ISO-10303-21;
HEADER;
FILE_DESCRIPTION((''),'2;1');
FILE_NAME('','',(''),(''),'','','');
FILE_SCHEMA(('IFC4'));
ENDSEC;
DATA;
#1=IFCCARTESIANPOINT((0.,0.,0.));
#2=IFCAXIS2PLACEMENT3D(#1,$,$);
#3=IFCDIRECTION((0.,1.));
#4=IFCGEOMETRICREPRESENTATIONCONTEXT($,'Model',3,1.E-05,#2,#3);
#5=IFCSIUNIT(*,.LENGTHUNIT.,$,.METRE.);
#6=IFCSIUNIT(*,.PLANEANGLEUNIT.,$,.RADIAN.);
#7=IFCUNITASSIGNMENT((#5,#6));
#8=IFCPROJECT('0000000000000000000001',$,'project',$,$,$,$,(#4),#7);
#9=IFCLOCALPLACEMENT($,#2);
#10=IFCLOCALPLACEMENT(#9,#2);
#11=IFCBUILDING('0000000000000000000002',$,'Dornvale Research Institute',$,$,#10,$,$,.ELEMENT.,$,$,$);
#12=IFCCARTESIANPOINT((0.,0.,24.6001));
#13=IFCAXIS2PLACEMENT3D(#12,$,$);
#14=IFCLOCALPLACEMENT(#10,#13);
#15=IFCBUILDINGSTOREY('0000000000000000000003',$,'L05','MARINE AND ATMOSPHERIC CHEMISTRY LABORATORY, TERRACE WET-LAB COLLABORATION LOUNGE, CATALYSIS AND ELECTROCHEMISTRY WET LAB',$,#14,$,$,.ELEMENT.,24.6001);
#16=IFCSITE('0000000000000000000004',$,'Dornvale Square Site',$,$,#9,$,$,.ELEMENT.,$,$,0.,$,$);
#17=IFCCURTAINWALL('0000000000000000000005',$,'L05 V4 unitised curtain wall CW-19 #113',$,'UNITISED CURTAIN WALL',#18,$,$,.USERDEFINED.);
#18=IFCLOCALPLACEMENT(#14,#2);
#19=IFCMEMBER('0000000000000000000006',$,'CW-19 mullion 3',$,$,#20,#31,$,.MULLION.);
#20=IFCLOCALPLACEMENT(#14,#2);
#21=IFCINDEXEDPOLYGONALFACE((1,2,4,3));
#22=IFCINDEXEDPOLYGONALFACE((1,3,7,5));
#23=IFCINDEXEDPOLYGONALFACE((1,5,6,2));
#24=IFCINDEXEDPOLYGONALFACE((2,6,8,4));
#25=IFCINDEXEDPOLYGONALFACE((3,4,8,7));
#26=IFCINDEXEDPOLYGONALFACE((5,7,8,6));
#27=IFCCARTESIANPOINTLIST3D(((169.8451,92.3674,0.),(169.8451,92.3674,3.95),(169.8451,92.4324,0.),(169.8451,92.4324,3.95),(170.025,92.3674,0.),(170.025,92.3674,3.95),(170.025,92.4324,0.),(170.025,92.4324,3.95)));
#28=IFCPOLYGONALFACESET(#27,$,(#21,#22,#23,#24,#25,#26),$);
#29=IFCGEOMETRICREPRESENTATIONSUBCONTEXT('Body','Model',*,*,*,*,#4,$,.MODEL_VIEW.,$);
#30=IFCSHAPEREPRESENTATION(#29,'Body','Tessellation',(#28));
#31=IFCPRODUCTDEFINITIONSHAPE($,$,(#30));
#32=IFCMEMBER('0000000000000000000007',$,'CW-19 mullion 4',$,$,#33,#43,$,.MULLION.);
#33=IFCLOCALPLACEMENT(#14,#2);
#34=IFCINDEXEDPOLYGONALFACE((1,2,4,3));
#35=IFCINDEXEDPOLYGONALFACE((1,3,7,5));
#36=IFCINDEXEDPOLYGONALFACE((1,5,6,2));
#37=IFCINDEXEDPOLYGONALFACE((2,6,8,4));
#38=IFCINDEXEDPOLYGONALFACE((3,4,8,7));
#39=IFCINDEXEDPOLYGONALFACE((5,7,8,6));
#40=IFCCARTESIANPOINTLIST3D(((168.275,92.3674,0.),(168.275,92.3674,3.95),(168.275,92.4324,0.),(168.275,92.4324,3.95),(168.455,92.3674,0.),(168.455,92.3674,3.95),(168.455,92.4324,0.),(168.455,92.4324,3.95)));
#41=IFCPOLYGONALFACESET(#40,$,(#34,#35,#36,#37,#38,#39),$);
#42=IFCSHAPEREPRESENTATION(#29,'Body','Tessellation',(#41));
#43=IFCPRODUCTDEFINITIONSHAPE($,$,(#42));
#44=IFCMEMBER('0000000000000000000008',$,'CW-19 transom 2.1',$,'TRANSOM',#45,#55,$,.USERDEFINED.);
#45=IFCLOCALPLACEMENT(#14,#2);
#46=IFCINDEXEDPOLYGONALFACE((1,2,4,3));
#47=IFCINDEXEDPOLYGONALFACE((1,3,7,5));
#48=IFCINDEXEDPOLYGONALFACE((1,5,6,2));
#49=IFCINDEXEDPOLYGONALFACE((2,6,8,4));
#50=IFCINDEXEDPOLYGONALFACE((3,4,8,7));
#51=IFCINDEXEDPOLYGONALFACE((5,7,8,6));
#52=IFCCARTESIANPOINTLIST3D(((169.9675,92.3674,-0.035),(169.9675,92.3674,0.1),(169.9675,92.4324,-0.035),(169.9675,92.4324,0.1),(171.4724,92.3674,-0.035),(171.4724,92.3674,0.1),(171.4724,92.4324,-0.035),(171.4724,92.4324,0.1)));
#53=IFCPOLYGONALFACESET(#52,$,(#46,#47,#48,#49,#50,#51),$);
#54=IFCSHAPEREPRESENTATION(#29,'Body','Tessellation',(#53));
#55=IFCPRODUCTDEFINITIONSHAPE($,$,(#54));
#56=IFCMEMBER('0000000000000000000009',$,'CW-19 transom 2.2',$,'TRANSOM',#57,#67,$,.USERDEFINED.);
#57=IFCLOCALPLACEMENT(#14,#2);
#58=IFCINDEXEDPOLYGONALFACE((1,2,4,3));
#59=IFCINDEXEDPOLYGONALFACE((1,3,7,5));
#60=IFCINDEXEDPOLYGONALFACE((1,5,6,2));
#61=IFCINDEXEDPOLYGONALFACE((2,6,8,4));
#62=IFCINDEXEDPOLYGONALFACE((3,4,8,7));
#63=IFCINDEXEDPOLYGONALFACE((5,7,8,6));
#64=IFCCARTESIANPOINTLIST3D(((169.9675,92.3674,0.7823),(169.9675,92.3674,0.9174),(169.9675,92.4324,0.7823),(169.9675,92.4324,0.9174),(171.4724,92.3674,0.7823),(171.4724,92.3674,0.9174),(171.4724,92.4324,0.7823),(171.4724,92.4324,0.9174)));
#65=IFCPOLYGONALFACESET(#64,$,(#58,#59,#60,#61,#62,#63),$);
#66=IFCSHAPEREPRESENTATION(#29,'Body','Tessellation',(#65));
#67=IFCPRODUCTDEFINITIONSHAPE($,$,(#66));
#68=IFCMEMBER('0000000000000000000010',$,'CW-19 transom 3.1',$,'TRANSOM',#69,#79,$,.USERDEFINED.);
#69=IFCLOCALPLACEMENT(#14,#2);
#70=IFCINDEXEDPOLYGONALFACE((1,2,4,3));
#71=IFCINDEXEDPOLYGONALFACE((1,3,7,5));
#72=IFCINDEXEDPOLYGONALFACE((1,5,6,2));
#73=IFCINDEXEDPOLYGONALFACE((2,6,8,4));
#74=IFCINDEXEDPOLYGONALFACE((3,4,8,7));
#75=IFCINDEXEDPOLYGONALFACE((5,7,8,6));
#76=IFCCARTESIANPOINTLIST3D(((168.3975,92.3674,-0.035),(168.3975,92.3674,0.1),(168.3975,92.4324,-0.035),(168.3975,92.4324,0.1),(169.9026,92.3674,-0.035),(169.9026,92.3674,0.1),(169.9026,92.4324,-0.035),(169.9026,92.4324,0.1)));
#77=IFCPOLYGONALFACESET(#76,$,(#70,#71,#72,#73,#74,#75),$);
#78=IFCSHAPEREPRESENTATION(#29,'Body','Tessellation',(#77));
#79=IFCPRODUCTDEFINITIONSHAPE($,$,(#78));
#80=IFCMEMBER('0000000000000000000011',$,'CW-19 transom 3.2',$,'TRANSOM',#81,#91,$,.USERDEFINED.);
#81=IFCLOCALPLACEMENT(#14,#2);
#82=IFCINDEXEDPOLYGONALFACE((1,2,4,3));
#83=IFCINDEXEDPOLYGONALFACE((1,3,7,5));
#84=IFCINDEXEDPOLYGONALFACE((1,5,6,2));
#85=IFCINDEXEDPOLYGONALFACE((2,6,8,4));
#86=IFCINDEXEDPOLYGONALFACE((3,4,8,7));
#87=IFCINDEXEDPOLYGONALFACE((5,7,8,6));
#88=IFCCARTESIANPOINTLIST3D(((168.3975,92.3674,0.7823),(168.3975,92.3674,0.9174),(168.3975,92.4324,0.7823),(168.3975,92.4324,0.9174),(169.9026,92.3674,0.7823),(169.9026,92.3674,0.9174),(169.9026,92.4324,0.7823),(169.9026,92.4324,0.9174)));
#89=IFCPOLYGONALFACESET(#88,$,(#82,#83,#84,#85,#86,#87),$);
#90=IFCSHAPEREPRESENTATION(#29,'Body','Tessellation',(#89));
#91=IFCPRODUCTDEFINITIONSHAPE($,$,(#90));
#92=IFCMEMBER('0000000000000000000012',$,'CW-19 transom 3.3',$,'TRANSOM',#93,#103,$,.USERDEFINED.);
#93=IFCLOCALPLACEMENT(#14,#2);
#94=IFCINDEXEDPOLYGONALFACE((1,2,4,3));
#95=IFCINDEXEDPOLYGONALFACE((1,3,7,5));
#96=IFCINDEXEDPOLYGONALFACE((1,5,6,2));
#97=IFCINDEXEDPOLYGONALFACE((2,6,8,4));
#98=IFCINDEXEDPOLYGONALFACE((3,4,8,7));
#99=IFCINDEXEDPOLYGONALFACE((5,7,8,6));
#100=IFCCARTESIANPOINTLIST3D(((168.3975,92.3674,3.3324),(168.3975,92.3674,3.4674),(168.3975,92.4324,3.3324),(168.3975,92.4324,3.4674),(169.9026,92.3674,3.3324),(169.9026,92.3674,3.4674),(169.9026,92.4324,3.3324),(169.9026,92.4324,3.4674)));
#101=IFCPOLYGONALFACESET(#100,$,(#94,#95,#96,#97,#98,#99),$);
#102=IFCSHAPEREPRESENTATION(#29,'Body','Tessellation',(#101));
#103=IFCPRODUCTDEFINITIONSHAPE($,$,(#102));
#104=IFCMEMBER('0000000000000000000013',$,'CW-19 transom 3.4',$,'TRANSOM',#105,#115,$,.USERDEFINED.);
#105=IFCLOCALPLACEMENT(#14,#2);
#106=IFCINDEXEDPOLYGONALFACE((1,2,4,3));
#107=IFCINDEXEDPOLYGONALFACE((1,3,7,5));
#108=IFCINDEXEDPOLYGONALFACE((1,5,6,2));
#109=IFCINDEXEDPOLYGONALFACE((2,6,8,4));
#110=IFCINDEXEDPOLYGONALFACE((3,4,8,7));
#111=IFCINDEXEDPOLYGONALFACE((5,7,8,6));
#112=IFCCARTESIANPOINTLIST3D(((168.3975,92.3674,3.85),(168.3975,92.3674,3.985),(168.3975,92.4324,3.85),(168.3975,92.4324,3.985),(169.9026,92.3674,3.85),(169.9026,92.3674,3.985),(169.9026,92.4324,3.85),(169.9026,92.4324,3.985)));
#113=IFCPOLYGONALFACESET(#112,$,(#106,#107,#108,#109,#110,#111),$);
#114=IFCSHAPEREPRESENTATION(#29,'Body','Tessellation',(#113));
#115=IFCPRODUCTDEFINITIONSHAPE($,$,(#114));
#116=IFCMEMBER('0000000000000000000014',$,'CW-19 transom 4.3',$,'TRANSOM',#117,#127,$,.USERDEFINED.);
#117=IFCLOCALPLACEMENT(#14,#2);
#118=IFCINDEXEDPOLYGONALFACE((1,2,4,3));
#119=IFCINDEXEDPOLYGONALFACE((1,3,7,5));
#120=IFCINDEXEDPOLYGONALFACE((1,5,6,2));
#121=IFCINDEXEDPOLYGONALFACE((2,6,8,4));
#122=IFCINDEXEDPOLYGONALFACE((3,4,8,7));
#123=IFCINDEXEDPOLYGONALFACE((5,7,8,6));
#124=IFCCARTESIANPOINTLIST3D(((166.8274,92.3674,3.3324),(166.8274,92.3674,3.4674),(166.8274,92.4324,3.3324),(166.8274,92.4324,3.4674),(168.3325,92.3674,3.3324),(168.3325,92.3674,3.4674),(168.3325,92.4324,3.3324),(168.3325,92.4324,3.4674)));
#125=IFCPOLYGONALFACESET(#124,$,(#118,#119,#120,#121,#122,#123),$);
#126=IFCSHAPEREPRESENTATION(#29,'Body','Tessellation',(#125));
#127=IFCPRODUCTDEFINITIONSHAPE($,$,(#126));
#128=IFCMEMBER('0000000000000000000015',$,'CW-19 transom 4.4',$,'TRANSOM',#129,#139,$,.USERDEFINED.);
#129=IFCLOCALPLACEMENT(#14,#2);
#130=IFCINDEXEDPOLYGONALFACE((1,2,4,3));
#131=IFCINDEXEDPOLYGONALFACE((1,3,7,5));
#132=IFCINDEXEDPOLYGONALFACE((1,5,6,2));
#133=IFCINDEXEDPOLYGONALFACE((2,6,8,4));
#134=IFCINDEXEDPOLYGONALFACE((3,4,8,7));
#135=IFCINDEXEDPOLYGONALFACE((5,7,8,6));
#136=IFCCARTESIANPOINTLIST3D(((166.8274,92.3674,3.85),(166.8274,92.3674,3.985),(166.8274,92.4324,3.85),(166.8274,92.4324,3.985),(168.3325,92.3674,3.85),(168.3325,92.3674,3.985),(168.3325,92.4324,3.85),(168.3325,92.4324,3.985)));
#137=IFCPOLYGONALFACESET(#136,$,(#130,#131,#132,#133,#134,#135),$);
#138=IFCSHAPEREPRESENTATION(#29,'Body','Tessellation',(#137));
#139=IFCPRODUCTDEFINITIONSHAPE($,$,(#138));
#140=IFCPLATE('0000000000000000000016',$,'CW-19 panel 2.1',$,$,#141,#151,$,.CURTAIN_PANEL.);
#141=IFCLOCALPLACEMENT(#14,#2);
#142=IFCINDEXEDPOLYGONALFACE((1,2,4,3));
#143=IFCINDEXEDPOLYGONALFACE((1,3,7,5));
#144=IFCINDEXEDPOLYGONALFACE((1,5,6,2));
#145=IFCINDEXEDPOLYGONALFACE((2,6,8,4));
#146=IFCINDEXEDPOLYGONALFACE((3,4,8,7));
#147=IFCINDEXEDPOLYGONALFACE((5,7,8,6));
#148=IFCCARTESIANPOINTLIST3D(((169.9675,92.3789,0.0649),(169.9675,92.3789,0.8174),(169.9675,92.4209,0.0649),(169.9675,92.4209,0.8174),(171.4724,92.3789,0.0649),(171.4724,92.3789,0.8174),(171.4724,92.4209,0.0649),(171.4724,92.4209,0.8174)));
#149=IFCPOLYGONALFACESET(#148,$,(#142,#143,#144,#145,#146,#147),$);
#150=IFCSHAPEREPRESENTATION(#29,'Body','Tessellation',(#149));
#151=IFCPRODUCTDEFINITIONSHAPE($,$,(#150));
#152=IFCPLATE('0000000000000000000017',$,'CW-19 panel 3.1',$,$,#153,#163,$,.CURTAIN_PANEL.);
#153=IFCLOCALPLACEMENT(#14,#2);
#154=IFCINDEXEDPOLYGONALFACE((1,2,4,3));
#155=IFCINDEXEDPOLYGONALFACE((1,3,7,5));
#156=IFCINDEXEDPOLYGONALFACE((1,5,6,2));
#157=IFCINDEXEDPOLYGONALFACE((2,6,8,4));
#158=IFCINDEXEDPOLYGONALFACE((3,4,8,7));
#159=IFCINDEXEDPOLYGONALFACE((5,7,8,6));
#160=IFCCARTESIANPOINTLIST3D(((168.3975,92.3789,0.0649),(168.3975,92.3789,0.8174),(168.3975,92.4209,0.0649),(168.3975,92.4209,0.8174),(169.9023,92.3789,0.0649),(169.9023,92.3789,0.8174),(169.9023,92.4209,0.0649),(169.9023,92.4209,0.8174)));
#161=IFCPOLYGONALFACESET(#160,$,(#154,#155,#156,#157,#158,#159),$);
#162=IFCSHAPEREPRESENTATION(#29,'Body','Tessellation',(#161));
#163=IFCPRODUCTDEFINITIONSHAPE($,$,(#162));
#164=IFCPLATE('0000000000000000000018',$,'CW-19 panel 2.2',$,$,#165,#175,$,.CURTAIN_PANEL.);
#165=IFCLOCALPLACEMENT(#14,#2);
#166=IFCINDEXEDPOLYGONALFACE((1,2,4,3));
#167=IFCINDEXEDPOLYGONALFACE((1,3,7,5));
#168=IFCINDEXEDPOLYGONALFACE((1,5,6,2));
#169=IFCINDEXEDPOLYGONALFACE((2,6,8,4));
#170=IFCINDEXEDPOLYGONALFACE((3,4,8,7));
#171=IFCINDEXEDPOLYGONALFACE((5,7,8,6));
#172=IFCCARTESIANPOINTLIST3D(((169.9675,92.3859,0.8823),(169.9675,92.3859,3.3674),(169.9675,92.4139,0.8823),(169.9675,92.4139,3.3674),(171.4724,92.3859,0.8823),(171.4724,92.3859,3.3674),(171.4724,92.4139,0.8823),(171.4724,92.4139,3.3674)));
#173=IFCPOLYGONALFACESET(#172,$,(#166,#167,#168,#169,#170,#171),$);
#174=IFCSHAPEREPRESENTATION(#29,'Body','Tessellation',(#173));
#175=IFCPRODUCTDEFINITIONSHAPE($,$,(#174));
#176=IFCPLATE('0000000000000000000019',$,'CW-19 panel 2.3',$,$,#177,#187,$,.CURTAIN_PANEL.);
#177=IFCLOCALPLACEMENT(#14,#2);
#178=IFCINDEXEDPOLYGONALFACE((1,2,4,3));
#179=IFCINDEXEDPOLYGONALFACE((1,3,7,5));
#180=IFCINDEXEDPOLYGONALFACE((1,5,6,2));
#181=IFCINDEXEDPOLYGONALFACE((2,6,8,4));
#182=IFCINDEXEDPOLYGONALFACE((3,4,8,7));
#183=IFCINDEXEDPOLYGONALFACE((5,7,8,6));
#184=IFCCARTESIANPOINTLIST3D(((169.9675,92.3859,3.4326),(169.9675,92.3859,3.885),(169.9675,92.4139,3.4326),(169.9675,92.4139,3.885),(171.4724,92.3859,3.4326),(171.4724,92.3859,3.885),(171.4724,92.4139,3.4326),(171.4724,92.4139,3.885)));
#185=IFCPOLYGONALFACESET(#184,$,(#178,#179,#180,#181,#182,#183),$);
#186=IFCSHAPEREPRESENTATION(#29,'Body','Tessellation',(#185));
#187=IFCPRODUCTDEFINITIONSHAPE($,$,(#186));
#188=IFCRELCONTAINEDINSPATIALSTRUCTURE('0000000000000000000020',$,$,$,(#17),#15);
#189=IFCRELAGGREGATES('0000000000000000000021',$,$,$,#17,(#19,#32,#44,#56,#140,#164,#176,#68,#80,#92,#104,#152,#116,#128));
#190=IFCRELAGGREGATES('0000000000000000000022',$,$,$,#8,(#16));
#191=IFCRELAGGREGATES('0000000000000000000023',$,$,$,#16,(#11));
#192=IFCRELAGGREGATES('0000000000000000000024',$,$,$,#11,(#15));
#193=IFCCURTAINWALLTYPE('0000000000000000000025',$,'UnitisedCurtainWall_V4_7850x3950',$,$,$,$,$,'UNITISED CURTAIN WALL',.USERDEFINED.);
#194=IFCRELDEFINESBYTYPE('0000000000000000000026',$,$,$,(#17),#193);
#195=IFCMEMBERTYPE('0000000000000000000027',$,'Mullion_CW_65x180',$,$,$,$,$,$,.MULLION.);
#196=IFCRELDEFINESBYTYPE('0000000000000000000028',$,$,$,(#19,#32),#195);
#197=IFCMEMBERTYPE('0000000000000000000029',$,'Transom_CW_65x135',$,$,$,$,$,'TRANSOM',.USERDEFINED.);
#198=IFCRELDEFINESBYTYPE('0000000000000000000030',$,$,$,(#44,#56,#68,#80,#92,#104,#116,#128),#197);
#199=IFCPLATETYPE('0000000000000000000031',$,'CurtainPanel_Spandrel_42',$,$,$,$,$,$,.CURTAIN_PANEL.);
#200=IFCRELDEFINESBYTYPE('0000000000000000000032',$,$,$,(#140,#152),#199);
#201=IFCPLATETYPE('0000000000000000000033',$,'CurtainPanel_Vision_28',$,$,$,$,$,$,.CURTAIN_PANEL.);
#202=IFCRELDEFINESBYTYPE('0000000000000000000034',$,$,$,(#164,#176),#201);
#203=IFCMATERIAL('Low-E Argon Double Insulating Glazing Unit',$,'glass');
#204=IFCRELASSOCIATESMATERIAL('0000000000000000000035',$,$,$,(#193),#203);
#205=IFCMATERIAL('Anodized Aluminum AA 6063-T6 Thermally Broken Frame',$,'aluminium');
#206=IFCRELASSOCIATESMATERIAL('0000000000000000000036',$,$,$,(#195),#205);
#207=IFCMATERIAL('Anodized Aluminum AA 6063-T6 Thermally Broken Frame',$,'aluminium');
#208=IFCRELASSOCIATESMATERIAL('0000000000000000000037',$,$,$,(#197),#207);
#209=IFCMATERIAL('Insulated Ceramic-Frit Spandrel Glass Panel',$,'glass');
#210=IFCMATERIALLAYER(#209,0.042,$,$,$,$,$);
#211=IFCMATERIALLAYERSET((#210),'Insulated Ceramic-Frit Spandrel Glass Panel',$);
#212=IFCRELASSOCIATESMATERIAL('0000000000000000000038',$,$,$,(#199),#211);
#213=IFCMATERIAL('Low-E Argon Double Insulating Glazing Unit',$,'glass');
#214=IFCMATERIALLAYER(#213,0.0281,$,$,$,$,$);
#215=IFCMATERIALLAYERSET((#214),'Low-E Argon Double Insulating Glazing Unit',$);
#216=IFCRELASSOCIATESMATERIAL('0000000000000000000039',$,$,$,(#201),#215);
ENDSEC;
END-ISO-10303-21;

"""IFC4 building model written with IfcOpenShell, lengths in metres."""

from ifc_helpers import new_model, si_unit, direction, frame, origin, origin_2d, place, context, subcontext, project, spatial, rectangle, extrude, material, layer, layer_set, material_profile, profile_set, type_object, element, aggregate, save


model = new_model("IFC4")

# Units and contexts
model_context = context("Model", 3, precision=1e-05, world=origin(), true_north=direction((0.0, 1.0)))
body_context = subcontext(model_context, "Body", "Model", "MODEL_VIEW")
ifc_project = project(units=[si_unit("LENGTHUNIT", "METRE"), si_unit("PLANEANGLEUNIT", "RADIAN")], contexts=[model_context])

# Site, building, storey
site_placement = place(None, origin())
site = spatial("IfcSite", under=ifc_project, at=site_placement, Name="Dornvale Square Site", CompositionType="ELEMENT", RefElevation=0.0)
building_placement = place(site_placement, origin())
building = spatial("IfcBuilding", under=site, at=building_placement, Name="Dornvale Research Institute", CompositionType="ELEMENT")
storey_placement = place(building_placement, frame((0.0, 0.0, 24.6001)))
storey = spatial("IfcBuildingStorey", under=building, at=storey_placement, Name="L05", Description="MARINE AND ATMOSPHERIC CHEMISTRY LABORATORY, TERRACE WET-LAB COLLABORATION LOUNGE, CATALYSIS AND ELECTROCHEMISTRY WET LAB", CompositionType="ELEMENT", Elevation=24.6001)

# Curtain wall, members, plates
ifc_material_1 = material(Name="Low-E Argon Double Insulating Glazing Unit", Category="glass")
curtain_wall_type = type_object("IfcCurtainWallType", Name="UnitisedCurtainWall_V4_7850x3950", ElementType="UNITISED CURTAIN WALL", PredefinedType="USERDEFINED", material=ifc_material_1)
curtain_wall_placement = place(storey_placement, origin())
curtain_wall = element("IfcCurtainWall", 1, at=curtain_wall_placement, inside=storey, type_object=curtain_wall_type, Name="L05 V4 unitised curtain wall CW-19 #113", ObjectType="UNITISED CURTAIN WALL", PredefinedType="USERDEFINED")
ifc_material_2 = material(Name="Anodized Aluminum AA 6063-T6 Thermally Broken Frame", Category="aluminium")
ifc_material_profile_1 = material_profile(ifc_material_2, rectangle(XDim=0.0649, YDim=0.1799, at=origin_2d()), Name="ALU MULLION 65x180")
ifc_profile_set_1 = profile_set([ifc_material_profile_1], Name="Anodized Aluminum AA 6063-T6 Thermally Broken Frame")
member_type_1 = type_object("IfcMemberType", Name="Mullion_CW_65x180", PredefinedType="MULLION", material=ifc_profile_set_1)
member_1_placement = place(storey_placement, frame((169.9351, 92.3999, 0.0), z_axis=(0.0, 0.0, 1.0), x_axis=(0.0, -1.0, 0.0)))
member_1 = element("IfcMember", 2, at=member_1_placement, type_object=member_type_1, Name="CW-19 mullion 3", PredefinedType="MULLION", context=body_context, shape_type="SweptSolid", body=[
    extrude(rectangle(XDim=0.0649, YDim=0.1799, at=origin_2d()), origin(), (0.0, 0.0, 1.0), 3.95),
])
member_2_placement = place(storey_placement, frame((168.365, 92.3999, 0.0), z_axis=(0.0, 0.0, 1.0), x_axis=(0.0, -1.0, 0.0)))
member_2 = element("IfcMember", 3, at=member_2_placement, type_object=member_type_1, Name="CW-19 mullion 4", PredefinedType="MULLION", context=body_context, shape_type="SweptSolid", body=[
    extrude(rectangle(XDim=0.0649, YDim=0.1799, at=origin_2d()), origin(), (0.0, 0.0, 1.0), 3.95),
])
ifc_material_3 = material(Name="Anodized Aluminum AA 6063-T6 Thermally Broken Frame", Category="aluminium")
ifc_material_profile_2 = material_profile(ifc_material_3, rectangle(XDim=0.0649, YDim=0.135, at=origin_2d()), Name="ALU TRANSOM 65x135")
ifc_profile_set_2 = profile_set([ifc_material_profile_2], Name="Anodized Aluminum AA 6063-T6 Thermally Broken Frame")
member_type_2 = type_object("IfcMemberType", Name="Transom_CW_65x135", ElementType="TRANSOM", PredefinedType="USERDEFINED", material=ifc_profile_set_2)
member_3_placement = place(storey_placement, frame((171.4724, 92.3999, 0.0325), z_axis=(-1.0, 0.0, 0.0), x_axis=(0.0, -1.0, 0.0)))
member_3 = element("IfcMember", 4, at=member_3_placement, type_object=member_type_2, Name="CW-19 transom 2.1", ObjectType="TRANSOM", PredefinedType="USERDEFINED", context=body_context, shape_type="SweptSolid", body=[
    extrude(rectangle(XDim=0.0649, YDim=0.135, at=origin_2d()), origin(), (0.0, 0.0, 1.0), 1.5049),
])
member_4_placement = place(storey_placement, frame((171.4724, 92.3999, 0.8499), z_axis=(-1.0, 0.0, 0.0), x_axis=(0.0, -1.0, 0.0)))
member_4 = element("IfcMember", 5, at=member_4_placement, type_object=member_type_2, Name="CW-19 transom 2.2", ObjectType="TRANSOM", PredefinedType="USERDEFINED", context=body_context, shape_type="SweptSolid", body=[
    extrude(rectangle(XDim=0.0649, YDim=0.135, at=origin_2d()), origin(), (0.0, 0.0, 1.0), 1.5049),
])
member_5_placement = place(storey_placement, frame((169.9026, 92.3999, 0.0325), z_axis=(-1.0, 0.0, 0.0), x_axis=(0.0, -1.0, 0.0)))
member_5 = element("IfcMember", 6, at=member_5_placement, type_object=member_type_2, Name="CW-19 transom 3.1", ObjectType="TRANSOM", PredefinedType="USERDEFINED", context=body_context, shape_type="SweptSolid", body=[
    extrude(rectangle(XDim=0.0649, YDim=0.135, at=origin_2d()), origin(), (0.0, 0.0, 1.0), 1.5051),
])
member_6_placement = place(storey_placement, frame((169.9026, 92.3999, 0.8499), z_axis=(-1.0, 0.0, 0.0), x_axis=(0.0, -1.0, 0.0)))
member_6 = element("IfcMember", 7, at=member_6_placement, type_object=member_type_2, Name="CW-19 transom 3.2", ObjectType="TRANSOM", PredefinedType="USERDEFINED", context=body_context, shape_type="SweptSolid", body=[
    extrude(rectangle(XDim=0.0649, YDim=0.135, at=origin_2d()), origin(), (0.0, 0.0, 1.0), 1.5051),
])
member_7_placement = place(storey_placement, frame((169.9026, 92.3999, 3.3999), z_axis=(-1.0, 0.0, 0.0), x_axis=(0.0, -1.0, 0.0)))
member_7 = element("IfcMember", 8, at=member_7_placement, type_object=member_type_2, Name="CW-19 transom 3.3", ObjectType="TRANSOM", PredefinedType="USERDEFINED", context=body_context, shape_type="SweptSolid", body=[
    extrude(rectangle(XDim=0.0649, YDim=0.135, at=origin_2d()), origin(), (0.0, 0.0, 1.0), 1.5051),
])
member_8_placement = place(storey_placement, frame((169.9026, 92.3999, 3.9175), z_axis=(-1.0, 0.0, 0.0), x_axis=(0.0, -1.0, 0.0)))
member_8 = element("IfcMember", 9, at=member_8_placement, type_object=member_type_2, Name="CW-19 transom 3.4", ObjectType="TRANSOM", PredefinedType="USERDEFINED", context=body_context, shape_type="SweptSolid", body=[
    extrude(rectangle(XDim=0.0649, YDim=0.135, at=origin_2d()), origin(), (0.0, 0.0, 1.0), 1.5051),
])
member_9_placement = place(storey_placement, frame((168.3325, 92.3999, 3.3999), z_axis=(-1.0, 0.0, 0.0), x_axis=(0.0, -1.0, 0.0)))
member_9 = element("IfcMember", 10, at=member_9_placement, type_object=member_type_2, Name="CW-19 transom 4.3", ObjectType="TRANSOM", PredefinedType="USERDEFINED", context=body_context, shape_type="SweptSolid", body=[
    extrude(rectangle(XDim=0.0649, YDim=0.135, at=origin_2d()), origin(), (0.0, 0.0, 1.0), 1.5051),
])
member_10_placement = place(storey_placement, frame((168.3325, 92.3999, 3.9175), z_axis=(-1.0, 0.0, 0.0), x_axis=(0.0, -1.0, 0.0)))
member_10 = element("IfcMember", 11, at=member_10_placement, type_object=member_type_2, Name="CW-19 transom 4.4", ObjectType="TRANSOM", PredefinedType="USERDEFINED", context=body_context, shape_type="SweptSolid", body=[
    extrude(rectangle(XDim=0.0649, YDim=0.135, at=origin_2d()), origin(), (0.0, 0.0, 1.0), 1.5051),
])
ifc_material_4 = material(Name="Insulated Ceramic-Frit Spandrel Glass Panel", Category="glass")
ifc_layer_1 = layer(ifc_material_4, 0.042)
ifc_layer_set_1 = layer_set([ifc_layer_1], Name="Insulated Ceramic-Frit Spandrel Glass Panel")
plate_type_1 = type_object("IfcPlateType", Name="CurtainPanel_Spandrel_42", PredefinedType="CURTAIN_PANEL", material=ifc_layer_set_1)
plate_1_placement = place(storey_placement, frame((170.72, 92.3999, 0.0649), z_axis=(0.0, 0.0, 1.0), x_axis=(-1.0, 0.0, 0.0)))
plate_1 = element("IfcPlate", 12, at=plate_1_placement, type_object=plate_type_1, Name="CW-19 panel 2.1", PredefinedType="CURTAIN_PANEL", context=body_context, shape_type="SweptSolid", body=[
    extrude(rectangle(XDim=1.5049, YDim=0.042, at=origin_2d()), origin(), (0.0, 0.0, 1.0), 0.7524),
])
plate_2_placement = place(storey_placement, frame((169.1499, 92.3999, 0.0649), z_axis=(0.0, 0.0, 1.0), x_axis=(-1.0, 0.0, 0.0)))
plate_2 = element("IfcPlate", 13, at=plate_2_placement, type_object=plate_type_1, Name="CW-19 panel 3.1", PredefinedType="CURTAIN_PANEL", context=body_context, shape_type="SweptSolid", body=[
    extrude(rectangle(XDim=1.5049, YDim=0.042, at=origin_2d()), origin(), (0.0, 0.0, 1.0), 0.7524),
])
ifc_material_5 = material(Name="Low-E Argon Double Insulating Glazing Unit", Category="glass")
ifc_layer_2 = layer(ifc_material_5, 0.0281)
ifc_layer_set_2 = layer_set([ifc_layer_2], Name="Low-E Argon Double Insulating Glazing Unit")
plate_type_2 = type_object("IfcPlateType", Name="CurtainPanel_Vision_28", PredefinedType="CURTAIN_PANEL", material=ifc_layer_set_2)
plate_3_placement = place(storey_placement, frame((170.72, 92.3999, 0.8823), z_axis=(0.0, 0.0, 1.0), x_axis=(-1.0, 0.0, 0.0)))
plate_3 = element("IfcPlate", 14, at=plate_3_placement, type_object=plate_type_2, Name="CW-19 panel 2.2", PredefinedType="CURTAIN_PANEL", context=body_context, shape_type="SweptSolid", body=[
    extrude(rectangle(XDim=1.5049, YDim=0.0281, at=origin_2d()), origin(), (0.0, 0.0, 1.0), 2.4851),
])
plate_4_placement = place(storey_placement, frame((170.72, 92.3999, 3.4326), z_axis=(0.0, 0.0, 1.0), x_axis=(-1.0, 0.0, 0.0)))
plate_4 = element("IfcPlate", 15, at=plate_4_placement, type_object=plate_type_2, Name="CW-19 panel 2.3", PredefinedType="CURTAIN_PANEL", context=body_context, shape_type="SweptSolid", body=[
    extrude(rectangle(XDim=1.5049, YDim=0.0281, at=origin_2d()), origin(), (0.0, 0.0, 1.0), 0.4524),
])
aggregate(curtain_wall, [member_1, member_2, member_3, member_4, plate_1, plate_3, plate_4, member_5, member_6, member_7, member_8, plate_2, member_9, member_10])

save(model, "model.ifc")
